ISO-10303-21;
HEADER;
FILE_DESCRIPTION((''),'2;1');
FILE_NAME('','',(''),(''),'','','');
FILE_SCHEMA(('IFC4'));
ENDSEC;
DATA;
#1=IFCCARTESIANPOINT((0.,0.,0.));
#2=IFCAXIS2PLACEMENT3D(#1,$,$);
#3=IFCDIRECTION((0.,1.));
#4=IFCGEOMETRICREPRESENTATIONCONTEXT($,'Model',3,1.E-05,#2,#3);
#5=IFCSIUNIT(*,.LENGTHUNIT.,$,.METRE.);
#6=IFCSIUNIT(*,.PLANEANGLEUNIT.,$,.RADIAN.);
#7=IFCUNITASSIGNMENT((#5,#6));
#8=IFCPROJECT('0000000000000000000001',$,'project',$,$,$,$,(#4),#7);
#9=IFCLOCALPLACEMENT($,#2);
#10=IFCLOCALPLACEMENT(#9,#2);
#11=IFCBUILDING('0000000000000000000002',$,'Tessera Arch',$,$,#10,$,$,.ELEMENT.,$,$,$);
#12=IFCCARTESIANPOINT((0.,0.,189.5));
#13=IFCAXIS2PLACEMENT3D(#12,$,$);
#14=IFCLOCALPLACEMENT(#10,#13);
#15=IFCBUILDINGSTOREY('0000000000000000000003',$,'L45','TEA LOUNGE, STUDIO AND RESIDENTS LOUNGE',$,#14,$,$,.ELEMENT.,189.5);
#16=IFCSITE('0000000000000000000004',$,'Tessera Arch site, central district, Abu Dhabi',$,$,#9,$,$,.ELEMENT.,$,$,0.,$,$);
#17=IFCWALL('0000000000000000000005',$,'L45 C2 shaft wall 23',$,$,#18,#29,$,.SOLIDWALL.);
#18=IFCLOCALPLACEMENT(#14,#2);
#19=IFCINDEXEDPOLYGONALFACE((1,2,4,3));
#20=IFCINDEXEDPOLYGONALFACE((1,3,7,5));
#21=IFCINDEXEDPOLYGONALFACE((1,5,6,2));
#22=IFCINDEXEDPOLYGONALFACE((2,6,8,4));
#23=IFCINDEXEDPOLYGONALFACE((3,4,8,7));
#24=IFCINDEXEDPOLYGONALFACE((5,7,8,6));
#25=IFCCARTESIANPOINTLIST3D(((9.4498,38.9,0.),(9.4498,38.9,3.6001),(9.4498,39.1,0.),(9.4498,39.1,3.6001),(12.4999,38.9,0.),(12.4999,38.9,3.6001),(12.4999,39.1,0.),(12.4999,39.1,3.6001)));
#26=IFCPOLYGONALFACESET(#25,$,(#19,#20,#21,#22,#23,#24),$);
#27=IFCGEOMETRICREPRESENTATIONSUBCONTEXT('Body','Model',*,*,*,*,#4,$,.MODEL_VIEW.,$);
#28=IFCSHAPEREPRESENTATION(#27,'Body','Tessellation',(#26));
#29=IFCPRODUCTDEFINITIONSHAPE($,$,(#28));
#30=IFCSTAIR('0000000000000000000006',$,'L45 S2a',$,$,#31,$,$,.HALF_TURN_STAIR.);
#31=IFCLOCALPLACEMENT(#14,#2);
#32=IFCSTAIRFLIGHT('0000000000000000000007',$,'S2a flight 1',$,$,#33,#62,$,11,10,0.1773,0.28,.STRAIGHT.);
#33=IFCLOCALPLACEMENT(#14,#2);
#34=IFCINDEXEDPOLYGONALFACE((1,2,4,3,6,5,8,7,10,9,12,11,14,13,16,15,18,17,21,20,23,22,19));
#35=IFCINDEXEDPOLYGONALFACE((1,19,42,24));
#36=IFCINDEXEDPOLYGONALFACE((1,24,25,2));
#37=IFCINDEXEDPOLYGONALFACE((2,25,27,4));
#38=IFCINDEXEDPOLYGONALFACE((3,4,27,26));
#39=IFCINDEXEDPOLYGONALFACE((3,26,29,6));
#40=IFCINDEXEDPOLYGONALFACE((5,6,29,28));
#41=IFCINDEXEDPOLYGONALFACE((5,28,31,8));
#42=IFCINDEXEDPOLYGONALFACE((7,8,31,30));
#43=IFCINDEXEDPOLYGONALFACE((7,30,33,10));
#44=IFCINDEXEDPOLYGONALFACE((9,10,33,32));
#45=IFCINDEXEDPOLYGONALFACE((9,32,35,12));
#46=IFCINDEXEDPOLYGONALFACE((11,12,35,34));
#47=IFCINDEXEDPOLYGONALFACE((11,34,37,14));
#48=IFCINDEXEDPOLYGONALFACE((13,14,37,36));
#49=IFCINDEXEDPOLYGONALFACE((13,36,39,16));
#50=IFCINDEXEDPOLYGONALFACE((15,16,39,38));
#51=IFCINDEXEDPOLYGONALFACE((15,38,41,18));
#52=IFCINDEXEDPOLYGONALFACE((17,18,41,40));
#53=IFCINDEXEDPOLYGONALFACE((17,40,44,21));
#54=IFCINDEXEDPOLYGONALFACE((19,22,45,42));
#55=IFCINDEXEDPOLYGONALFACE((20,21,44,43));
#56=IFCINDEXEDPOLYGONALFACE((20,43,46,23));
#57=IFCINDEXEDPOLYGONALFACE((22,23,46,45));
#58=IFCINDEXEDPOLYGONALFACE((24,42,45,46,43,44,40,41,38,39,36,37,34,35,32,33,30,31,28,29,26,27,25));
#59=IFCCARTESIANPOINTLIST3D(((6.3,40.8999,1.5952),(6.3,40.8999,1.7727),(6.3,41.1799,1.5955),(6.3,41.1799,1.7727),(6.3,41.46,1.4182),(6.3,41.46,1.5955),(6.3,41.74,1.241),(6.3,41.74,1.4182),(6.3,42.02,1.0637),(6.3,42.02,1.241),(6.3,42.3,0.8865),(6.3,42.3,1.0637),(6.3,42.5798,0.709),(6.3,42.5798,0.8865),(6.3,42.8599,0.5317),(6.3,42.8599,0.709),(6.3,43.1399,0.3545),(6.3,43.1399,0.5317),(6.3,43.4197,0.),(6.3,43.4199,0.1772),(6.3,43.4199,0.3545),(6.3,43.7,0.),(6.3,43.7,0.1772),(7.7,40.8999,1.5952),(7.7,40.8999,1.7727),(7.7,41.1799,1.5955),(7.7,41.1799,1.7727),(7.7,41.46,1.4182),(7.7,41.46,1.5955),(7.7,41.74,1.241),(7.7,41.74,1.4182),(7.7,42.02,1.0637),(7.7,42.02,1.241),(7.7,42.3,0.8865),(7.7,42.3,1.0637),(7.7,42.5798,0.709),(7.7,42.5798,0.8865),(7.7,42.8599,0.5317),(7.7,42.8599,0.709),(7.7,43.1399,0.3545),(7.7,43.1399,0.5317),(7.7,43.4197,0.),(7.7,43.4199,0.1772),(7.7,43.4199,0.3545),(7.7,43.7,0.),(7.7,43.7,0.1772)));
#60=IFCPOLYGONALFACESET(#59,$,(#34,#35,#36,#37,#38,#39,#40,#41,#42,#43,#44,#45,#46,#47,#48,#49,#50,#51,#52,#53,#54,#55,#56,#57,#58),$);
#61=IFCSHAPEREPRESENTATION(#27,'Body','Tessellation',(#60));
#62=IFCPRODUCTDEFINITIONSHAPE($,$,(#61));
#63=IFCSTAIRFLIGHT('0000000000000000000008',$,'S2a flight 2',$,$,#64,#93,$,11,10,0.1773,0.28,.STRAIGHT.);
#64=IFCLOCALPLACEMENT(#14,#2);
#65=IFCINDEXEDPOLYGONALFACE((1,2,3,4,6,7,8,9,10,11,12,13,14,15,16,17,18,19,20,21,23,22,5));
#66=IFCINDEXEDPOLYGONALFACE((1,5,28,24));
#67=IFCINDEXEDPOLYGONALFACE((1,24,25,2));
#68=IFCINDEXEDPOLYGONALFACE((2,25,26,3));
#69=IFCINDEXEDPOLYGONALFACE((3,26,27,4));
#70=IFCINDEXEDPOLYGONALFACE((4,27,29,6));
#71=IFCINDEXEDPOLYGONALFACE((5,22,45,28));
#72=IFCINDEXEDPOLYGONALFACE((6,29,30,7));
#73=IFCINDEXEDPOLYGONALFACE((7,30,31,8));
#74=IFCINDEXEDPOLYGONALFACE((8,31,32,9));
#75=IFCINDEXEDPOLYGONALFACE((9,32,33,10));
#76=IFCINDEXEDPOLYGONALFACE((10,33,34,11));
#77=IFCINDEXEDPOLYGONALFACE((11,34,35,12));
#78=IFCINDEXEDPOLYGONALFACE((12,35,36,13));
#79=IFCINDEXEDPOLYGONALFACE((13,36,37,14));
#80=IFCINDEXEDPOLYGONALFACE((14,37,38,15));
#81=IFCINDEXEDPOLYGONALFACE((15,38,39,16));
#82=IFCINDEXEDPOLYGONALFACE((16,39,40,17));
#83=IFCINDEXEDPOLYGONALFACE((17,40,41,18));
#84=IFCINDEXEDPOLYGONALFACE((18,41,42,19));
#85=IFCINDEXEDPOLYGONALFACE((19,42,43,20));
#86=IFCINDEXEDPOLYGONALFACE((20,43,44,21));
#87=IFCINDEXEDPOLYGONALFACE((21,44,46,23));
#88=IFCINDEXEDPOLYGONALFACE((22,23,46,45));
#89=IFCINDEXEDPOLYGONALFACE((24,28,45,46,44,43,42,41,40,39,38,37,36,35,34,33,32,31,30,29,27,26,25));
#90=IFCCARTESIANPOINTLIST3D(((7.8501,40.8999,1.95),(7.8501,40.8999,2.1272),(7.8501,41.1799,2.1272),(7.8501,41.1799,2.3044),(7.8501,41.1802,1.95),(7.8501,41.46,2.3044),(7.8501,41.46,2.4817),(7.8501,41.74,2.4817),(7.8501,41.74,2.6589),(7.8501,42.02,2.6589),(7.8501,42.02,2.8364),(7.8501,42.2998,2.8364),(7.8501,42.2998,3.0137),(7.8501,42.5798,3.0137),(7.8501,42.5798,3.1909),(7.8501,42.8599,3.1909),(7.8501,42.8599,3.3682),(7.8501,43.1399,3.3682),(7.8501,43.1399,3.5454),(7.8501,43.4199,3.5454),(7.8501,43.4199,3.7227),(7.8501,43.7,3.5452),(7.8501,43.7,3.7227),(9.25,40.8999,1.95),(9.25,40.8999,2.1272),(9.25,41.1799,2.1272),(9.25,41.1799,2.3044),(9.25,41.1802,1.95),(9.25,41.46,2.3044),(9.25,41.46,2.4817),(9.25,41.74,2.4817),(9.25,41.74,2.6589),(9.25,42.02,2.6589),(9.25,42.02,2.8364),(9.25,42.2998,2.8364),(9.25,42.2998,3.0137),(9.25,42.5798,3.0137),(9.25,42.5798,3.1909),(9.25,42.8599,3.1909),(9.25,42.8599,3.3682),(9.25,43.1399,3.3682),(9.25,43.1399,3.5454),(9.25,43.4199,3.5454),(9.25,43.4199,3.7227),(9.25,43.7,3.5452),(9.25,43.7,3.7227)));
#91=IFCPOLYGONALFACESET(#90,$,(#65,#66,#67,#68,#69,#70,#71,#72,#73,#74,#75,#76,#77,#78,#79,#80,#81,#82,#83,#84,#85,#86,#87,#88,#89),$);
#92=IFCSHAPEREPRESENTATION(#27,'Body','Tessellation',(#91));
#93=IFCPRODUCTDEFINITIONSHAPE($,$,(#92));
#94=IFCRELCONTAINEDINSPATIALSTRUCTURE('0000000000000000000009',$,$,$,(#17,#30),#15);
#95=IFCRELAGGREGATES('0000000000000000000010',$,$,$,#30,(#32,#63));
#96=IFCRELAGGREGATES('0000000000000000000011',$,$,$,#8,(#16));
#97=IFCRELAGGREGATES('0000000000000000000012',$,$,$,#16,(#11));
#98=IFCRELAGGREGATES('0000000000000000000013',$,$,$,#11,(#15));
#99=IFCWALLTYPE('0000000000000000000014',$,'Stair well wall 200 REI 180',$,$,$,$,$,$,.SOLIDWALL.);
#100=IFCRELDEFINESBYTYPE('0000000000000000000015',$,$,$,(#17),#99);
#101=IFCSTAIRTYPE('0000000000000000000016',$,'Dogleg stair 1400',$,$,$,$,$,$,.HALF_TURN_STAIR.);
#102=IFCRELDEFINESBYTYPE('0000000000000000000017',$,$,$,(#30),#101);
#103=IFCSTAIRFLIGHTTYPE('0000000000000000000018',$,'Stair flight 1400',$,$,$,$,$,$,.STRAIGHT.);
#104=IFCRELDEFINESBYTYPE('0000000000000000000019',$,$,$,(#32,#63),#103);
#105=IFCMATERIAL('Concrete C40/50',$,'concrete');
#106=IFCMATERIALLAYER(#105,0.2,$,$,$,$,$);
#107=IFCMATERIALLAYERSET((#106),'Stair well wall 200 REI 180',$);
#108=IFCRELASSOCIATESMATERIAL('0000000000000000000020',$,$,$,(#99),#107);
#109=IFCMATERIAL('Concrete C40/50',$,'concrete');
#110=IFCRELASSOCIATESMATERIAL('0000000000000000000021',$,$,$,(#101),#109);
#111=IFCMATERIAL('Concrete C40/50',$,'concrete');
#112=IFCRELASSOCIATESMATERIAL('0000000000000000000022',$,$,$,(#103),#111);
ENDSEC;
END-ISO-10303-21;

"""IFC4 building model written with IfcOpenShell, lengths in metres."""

from ifc_helpers import new_model, si_unit, direction, frame, frame_2d, origin, place, context, subcontext, project, spatial, polyline, rectangle, outline, extrude, material, layer, layer_set, type_object, element, aggregate, save


model = new_model("IFC4")

# Units and contexts
model_context = context("Model", 3, precision=1e-05, world=origin(), true_north=direction((0.0, 1.0)))
body_context = subcontext(model_context, "Body", "Model", "MODEL_VIEW")
ifc_project = project(units=[si_unit("LENGTHUNIT", "METRE"), si_unit("PLANEANGLEUNIT", "RADIAN")], contexts=[model_context])

# Site, building, storey
site_placement = place(None, origin())
site = spatial("IfcSite", under=ifc_project, at=site_placement, Name="Tessera Arch site, central district, Abu Dhabi", CompositionType="ELEMENT", RefElevation=0.0)
building_placement = place(site_placement, origin())
building = spatial("IfcBuilding", under=site, at=building_placement, Name="Tessera Arch", CompositionType="ELEMENT")
storey_placement = place(building_placement, frame((0.0, 0.0, 189.5)))
storey = spatial("IfcBuildingStorey", under=building, at=storey_placement, Name="L45", Description="TEA LOUNGE, STUDIO AND RESIDENTS LOUNGE", CompositionType="ELEMENT", Elevation=189.5)

# Wall
ifc_material_1 = material(Name="Concrete C40/50", Category="concrete")
ifc_layer_1 = layer(ifc_material_1, 0.2)
ifc_layer_set_1 = layer_set([ifc_layer_1], Name="Stair well wall 200 REI 180")
wall_type_1 = type_object("IfcWallType", Name="Stair well wall 200 REI 180", PredefinedType="SOLIDWALL", material=ifc_layer_set_1)
wall_1_placement = place(storey_placement, frame((9.45, 39.0, 0.0), z_axis=(0.0, 0.0, 1.0), x_axis=(1.0, 0.0, 0.0)))
element("IfcWall", 1, at=wall_1_placement, inside=storey, type_object=wall_type_1, Name="L45 C2 shaft wall 23", PredefinedType="SOLIDWALL", context=body_context, shape_type="SweptSolid", body=[
    extrude(rectangle(XDim=3.05, YDim=0.2, at=frame_2d((1.5249, 0.0))), origin(), (0.0, 0.0, 1.0), 3.6001),
])

# Stair, stair flights
ifc_material_2 = material(Name="Concrete C40/50", Category="concrete")
stair_type = type_object("IfcStairType", Name="Dogleg stair 1400", PredefinedType="HALF_TURN_STAIR", material=ifc_material_2)
stair_placement = place(storey_placement, origin())
stair = element("IfcStair", 2, at=stair_placement, inside=storey, type_object=stair_type, Name="L45 S2a", PredefinedType="HALF_TURN_STAIR")
ifc_material_3 = material(Name="Concrete C40/50", Category="concrete")
stair_flight_type = type_object("IfcStairFlightType", Name="Stair flight 1400", PredefinedType="STRAIGHT", material=ifc_material_3)
stair_flight_1_placement = place(storey_placement, frame((7.0, 43.7, 0.0), z_axis=(0.0, 0.0, 1.0), x_axis=(0.0, -1.0, 0.0)))
stair_flight_1 = element("IfcStairFlight", 3, at=stair_flight_1_placement, type_object=stair_flight_type, Name="S2a flight 1", NumberOfRisers=11, NumberOfTreads=10, PredefinedType="STRAIGHT", RiserHeight=0.1773, TreadLength=0.28, context=body_context, shape_type="SweptSolid", body=[
    extrude(outline(polyline([(0.0, 0.0), (0.0, 0.1772), (0.28, 0.1772), (0.28, 0.3545), (0.5601, 0.3545), (0.5601, 0.5317), (0.8401, 0.5317), (0.8401, 0.709), (1.1201, 0.709), (1.1201, 0.8865), (1.3999, 0.8865), (1.3999, 1.0637), (1.6799, 1.0637), (1.6799, 1.241), (1.96, 1.241), (1.96, 1.4182), (2.24, 1.4182), (2.24, 1.5955), (2.52, 1.5955), (2.52, 1.7727), (2.8, 1.7727), (2.8, 1.95), (2.8, 1.5952), (0.2803, 0.0), (0.0, 0.0)])), frame((0.0, 0.7, 0.0), z_axis=(0.0, -1.0, 0.0), x_axis=(1.0, 0.0, 0.0)), (0.0, 0.0, 1.0), 1.3999),
])
stair_flight_2_placement = place(storey_placement, frame((8.55, 40.8999, 1.95), z_axis=(0.0, 0.0, 1.0), x_axis=(0.0, 1.0, 0.0)))
stair_flight_2 = element("IfcStairFlight", 4, at=stair_flight_2_placement, type_object=stair_flight_type, Name="S2a flight 2", NumberOfRisers=11, NumberOfTreads=10, PredefinedType="STRAIGHT", RiserHeight=0.1773, TreadLength=0.28, context=body_context, shape_type="SweptSolid", body=[
    extrude(outline(polyline([(0.0, 0.0), (0.0, 0.1772), (0.28, 0.1772), (0.28, 0.3545), (0.5601, 0.3545), (0.5601, 0.5317), (0.8401, 0.5317), (0.8401, 0.709), (1.1201, 0.709), (1.1201, 0.8865), (1.3999, 0.8865), (1.3999, 1.0637), (1.6799, 1.0637), (1.6799, 1.241), (1.96, 1.241), (1.96, 1.4182), (2.24, 1.4182), (2.24, 1.5955), (2.52, 1.5955), (2.52, 1.7727), (2.8, 1.7727), (2.8, 1.95), (2.8, 1.5952), (0.2803, 0.0), (0.0, 0.0)])), frame((0.0, 0.7, 0.0), z_axis=(0.0, -1.0, 0.0), x_axis=(1.0, 0.0, 0.0)), (0.0, 0.0, 1.0), 1.3999),
])
aggregate(stair, [stair_flight_1, stair_flight_2])

save(model, "model.ifc")
